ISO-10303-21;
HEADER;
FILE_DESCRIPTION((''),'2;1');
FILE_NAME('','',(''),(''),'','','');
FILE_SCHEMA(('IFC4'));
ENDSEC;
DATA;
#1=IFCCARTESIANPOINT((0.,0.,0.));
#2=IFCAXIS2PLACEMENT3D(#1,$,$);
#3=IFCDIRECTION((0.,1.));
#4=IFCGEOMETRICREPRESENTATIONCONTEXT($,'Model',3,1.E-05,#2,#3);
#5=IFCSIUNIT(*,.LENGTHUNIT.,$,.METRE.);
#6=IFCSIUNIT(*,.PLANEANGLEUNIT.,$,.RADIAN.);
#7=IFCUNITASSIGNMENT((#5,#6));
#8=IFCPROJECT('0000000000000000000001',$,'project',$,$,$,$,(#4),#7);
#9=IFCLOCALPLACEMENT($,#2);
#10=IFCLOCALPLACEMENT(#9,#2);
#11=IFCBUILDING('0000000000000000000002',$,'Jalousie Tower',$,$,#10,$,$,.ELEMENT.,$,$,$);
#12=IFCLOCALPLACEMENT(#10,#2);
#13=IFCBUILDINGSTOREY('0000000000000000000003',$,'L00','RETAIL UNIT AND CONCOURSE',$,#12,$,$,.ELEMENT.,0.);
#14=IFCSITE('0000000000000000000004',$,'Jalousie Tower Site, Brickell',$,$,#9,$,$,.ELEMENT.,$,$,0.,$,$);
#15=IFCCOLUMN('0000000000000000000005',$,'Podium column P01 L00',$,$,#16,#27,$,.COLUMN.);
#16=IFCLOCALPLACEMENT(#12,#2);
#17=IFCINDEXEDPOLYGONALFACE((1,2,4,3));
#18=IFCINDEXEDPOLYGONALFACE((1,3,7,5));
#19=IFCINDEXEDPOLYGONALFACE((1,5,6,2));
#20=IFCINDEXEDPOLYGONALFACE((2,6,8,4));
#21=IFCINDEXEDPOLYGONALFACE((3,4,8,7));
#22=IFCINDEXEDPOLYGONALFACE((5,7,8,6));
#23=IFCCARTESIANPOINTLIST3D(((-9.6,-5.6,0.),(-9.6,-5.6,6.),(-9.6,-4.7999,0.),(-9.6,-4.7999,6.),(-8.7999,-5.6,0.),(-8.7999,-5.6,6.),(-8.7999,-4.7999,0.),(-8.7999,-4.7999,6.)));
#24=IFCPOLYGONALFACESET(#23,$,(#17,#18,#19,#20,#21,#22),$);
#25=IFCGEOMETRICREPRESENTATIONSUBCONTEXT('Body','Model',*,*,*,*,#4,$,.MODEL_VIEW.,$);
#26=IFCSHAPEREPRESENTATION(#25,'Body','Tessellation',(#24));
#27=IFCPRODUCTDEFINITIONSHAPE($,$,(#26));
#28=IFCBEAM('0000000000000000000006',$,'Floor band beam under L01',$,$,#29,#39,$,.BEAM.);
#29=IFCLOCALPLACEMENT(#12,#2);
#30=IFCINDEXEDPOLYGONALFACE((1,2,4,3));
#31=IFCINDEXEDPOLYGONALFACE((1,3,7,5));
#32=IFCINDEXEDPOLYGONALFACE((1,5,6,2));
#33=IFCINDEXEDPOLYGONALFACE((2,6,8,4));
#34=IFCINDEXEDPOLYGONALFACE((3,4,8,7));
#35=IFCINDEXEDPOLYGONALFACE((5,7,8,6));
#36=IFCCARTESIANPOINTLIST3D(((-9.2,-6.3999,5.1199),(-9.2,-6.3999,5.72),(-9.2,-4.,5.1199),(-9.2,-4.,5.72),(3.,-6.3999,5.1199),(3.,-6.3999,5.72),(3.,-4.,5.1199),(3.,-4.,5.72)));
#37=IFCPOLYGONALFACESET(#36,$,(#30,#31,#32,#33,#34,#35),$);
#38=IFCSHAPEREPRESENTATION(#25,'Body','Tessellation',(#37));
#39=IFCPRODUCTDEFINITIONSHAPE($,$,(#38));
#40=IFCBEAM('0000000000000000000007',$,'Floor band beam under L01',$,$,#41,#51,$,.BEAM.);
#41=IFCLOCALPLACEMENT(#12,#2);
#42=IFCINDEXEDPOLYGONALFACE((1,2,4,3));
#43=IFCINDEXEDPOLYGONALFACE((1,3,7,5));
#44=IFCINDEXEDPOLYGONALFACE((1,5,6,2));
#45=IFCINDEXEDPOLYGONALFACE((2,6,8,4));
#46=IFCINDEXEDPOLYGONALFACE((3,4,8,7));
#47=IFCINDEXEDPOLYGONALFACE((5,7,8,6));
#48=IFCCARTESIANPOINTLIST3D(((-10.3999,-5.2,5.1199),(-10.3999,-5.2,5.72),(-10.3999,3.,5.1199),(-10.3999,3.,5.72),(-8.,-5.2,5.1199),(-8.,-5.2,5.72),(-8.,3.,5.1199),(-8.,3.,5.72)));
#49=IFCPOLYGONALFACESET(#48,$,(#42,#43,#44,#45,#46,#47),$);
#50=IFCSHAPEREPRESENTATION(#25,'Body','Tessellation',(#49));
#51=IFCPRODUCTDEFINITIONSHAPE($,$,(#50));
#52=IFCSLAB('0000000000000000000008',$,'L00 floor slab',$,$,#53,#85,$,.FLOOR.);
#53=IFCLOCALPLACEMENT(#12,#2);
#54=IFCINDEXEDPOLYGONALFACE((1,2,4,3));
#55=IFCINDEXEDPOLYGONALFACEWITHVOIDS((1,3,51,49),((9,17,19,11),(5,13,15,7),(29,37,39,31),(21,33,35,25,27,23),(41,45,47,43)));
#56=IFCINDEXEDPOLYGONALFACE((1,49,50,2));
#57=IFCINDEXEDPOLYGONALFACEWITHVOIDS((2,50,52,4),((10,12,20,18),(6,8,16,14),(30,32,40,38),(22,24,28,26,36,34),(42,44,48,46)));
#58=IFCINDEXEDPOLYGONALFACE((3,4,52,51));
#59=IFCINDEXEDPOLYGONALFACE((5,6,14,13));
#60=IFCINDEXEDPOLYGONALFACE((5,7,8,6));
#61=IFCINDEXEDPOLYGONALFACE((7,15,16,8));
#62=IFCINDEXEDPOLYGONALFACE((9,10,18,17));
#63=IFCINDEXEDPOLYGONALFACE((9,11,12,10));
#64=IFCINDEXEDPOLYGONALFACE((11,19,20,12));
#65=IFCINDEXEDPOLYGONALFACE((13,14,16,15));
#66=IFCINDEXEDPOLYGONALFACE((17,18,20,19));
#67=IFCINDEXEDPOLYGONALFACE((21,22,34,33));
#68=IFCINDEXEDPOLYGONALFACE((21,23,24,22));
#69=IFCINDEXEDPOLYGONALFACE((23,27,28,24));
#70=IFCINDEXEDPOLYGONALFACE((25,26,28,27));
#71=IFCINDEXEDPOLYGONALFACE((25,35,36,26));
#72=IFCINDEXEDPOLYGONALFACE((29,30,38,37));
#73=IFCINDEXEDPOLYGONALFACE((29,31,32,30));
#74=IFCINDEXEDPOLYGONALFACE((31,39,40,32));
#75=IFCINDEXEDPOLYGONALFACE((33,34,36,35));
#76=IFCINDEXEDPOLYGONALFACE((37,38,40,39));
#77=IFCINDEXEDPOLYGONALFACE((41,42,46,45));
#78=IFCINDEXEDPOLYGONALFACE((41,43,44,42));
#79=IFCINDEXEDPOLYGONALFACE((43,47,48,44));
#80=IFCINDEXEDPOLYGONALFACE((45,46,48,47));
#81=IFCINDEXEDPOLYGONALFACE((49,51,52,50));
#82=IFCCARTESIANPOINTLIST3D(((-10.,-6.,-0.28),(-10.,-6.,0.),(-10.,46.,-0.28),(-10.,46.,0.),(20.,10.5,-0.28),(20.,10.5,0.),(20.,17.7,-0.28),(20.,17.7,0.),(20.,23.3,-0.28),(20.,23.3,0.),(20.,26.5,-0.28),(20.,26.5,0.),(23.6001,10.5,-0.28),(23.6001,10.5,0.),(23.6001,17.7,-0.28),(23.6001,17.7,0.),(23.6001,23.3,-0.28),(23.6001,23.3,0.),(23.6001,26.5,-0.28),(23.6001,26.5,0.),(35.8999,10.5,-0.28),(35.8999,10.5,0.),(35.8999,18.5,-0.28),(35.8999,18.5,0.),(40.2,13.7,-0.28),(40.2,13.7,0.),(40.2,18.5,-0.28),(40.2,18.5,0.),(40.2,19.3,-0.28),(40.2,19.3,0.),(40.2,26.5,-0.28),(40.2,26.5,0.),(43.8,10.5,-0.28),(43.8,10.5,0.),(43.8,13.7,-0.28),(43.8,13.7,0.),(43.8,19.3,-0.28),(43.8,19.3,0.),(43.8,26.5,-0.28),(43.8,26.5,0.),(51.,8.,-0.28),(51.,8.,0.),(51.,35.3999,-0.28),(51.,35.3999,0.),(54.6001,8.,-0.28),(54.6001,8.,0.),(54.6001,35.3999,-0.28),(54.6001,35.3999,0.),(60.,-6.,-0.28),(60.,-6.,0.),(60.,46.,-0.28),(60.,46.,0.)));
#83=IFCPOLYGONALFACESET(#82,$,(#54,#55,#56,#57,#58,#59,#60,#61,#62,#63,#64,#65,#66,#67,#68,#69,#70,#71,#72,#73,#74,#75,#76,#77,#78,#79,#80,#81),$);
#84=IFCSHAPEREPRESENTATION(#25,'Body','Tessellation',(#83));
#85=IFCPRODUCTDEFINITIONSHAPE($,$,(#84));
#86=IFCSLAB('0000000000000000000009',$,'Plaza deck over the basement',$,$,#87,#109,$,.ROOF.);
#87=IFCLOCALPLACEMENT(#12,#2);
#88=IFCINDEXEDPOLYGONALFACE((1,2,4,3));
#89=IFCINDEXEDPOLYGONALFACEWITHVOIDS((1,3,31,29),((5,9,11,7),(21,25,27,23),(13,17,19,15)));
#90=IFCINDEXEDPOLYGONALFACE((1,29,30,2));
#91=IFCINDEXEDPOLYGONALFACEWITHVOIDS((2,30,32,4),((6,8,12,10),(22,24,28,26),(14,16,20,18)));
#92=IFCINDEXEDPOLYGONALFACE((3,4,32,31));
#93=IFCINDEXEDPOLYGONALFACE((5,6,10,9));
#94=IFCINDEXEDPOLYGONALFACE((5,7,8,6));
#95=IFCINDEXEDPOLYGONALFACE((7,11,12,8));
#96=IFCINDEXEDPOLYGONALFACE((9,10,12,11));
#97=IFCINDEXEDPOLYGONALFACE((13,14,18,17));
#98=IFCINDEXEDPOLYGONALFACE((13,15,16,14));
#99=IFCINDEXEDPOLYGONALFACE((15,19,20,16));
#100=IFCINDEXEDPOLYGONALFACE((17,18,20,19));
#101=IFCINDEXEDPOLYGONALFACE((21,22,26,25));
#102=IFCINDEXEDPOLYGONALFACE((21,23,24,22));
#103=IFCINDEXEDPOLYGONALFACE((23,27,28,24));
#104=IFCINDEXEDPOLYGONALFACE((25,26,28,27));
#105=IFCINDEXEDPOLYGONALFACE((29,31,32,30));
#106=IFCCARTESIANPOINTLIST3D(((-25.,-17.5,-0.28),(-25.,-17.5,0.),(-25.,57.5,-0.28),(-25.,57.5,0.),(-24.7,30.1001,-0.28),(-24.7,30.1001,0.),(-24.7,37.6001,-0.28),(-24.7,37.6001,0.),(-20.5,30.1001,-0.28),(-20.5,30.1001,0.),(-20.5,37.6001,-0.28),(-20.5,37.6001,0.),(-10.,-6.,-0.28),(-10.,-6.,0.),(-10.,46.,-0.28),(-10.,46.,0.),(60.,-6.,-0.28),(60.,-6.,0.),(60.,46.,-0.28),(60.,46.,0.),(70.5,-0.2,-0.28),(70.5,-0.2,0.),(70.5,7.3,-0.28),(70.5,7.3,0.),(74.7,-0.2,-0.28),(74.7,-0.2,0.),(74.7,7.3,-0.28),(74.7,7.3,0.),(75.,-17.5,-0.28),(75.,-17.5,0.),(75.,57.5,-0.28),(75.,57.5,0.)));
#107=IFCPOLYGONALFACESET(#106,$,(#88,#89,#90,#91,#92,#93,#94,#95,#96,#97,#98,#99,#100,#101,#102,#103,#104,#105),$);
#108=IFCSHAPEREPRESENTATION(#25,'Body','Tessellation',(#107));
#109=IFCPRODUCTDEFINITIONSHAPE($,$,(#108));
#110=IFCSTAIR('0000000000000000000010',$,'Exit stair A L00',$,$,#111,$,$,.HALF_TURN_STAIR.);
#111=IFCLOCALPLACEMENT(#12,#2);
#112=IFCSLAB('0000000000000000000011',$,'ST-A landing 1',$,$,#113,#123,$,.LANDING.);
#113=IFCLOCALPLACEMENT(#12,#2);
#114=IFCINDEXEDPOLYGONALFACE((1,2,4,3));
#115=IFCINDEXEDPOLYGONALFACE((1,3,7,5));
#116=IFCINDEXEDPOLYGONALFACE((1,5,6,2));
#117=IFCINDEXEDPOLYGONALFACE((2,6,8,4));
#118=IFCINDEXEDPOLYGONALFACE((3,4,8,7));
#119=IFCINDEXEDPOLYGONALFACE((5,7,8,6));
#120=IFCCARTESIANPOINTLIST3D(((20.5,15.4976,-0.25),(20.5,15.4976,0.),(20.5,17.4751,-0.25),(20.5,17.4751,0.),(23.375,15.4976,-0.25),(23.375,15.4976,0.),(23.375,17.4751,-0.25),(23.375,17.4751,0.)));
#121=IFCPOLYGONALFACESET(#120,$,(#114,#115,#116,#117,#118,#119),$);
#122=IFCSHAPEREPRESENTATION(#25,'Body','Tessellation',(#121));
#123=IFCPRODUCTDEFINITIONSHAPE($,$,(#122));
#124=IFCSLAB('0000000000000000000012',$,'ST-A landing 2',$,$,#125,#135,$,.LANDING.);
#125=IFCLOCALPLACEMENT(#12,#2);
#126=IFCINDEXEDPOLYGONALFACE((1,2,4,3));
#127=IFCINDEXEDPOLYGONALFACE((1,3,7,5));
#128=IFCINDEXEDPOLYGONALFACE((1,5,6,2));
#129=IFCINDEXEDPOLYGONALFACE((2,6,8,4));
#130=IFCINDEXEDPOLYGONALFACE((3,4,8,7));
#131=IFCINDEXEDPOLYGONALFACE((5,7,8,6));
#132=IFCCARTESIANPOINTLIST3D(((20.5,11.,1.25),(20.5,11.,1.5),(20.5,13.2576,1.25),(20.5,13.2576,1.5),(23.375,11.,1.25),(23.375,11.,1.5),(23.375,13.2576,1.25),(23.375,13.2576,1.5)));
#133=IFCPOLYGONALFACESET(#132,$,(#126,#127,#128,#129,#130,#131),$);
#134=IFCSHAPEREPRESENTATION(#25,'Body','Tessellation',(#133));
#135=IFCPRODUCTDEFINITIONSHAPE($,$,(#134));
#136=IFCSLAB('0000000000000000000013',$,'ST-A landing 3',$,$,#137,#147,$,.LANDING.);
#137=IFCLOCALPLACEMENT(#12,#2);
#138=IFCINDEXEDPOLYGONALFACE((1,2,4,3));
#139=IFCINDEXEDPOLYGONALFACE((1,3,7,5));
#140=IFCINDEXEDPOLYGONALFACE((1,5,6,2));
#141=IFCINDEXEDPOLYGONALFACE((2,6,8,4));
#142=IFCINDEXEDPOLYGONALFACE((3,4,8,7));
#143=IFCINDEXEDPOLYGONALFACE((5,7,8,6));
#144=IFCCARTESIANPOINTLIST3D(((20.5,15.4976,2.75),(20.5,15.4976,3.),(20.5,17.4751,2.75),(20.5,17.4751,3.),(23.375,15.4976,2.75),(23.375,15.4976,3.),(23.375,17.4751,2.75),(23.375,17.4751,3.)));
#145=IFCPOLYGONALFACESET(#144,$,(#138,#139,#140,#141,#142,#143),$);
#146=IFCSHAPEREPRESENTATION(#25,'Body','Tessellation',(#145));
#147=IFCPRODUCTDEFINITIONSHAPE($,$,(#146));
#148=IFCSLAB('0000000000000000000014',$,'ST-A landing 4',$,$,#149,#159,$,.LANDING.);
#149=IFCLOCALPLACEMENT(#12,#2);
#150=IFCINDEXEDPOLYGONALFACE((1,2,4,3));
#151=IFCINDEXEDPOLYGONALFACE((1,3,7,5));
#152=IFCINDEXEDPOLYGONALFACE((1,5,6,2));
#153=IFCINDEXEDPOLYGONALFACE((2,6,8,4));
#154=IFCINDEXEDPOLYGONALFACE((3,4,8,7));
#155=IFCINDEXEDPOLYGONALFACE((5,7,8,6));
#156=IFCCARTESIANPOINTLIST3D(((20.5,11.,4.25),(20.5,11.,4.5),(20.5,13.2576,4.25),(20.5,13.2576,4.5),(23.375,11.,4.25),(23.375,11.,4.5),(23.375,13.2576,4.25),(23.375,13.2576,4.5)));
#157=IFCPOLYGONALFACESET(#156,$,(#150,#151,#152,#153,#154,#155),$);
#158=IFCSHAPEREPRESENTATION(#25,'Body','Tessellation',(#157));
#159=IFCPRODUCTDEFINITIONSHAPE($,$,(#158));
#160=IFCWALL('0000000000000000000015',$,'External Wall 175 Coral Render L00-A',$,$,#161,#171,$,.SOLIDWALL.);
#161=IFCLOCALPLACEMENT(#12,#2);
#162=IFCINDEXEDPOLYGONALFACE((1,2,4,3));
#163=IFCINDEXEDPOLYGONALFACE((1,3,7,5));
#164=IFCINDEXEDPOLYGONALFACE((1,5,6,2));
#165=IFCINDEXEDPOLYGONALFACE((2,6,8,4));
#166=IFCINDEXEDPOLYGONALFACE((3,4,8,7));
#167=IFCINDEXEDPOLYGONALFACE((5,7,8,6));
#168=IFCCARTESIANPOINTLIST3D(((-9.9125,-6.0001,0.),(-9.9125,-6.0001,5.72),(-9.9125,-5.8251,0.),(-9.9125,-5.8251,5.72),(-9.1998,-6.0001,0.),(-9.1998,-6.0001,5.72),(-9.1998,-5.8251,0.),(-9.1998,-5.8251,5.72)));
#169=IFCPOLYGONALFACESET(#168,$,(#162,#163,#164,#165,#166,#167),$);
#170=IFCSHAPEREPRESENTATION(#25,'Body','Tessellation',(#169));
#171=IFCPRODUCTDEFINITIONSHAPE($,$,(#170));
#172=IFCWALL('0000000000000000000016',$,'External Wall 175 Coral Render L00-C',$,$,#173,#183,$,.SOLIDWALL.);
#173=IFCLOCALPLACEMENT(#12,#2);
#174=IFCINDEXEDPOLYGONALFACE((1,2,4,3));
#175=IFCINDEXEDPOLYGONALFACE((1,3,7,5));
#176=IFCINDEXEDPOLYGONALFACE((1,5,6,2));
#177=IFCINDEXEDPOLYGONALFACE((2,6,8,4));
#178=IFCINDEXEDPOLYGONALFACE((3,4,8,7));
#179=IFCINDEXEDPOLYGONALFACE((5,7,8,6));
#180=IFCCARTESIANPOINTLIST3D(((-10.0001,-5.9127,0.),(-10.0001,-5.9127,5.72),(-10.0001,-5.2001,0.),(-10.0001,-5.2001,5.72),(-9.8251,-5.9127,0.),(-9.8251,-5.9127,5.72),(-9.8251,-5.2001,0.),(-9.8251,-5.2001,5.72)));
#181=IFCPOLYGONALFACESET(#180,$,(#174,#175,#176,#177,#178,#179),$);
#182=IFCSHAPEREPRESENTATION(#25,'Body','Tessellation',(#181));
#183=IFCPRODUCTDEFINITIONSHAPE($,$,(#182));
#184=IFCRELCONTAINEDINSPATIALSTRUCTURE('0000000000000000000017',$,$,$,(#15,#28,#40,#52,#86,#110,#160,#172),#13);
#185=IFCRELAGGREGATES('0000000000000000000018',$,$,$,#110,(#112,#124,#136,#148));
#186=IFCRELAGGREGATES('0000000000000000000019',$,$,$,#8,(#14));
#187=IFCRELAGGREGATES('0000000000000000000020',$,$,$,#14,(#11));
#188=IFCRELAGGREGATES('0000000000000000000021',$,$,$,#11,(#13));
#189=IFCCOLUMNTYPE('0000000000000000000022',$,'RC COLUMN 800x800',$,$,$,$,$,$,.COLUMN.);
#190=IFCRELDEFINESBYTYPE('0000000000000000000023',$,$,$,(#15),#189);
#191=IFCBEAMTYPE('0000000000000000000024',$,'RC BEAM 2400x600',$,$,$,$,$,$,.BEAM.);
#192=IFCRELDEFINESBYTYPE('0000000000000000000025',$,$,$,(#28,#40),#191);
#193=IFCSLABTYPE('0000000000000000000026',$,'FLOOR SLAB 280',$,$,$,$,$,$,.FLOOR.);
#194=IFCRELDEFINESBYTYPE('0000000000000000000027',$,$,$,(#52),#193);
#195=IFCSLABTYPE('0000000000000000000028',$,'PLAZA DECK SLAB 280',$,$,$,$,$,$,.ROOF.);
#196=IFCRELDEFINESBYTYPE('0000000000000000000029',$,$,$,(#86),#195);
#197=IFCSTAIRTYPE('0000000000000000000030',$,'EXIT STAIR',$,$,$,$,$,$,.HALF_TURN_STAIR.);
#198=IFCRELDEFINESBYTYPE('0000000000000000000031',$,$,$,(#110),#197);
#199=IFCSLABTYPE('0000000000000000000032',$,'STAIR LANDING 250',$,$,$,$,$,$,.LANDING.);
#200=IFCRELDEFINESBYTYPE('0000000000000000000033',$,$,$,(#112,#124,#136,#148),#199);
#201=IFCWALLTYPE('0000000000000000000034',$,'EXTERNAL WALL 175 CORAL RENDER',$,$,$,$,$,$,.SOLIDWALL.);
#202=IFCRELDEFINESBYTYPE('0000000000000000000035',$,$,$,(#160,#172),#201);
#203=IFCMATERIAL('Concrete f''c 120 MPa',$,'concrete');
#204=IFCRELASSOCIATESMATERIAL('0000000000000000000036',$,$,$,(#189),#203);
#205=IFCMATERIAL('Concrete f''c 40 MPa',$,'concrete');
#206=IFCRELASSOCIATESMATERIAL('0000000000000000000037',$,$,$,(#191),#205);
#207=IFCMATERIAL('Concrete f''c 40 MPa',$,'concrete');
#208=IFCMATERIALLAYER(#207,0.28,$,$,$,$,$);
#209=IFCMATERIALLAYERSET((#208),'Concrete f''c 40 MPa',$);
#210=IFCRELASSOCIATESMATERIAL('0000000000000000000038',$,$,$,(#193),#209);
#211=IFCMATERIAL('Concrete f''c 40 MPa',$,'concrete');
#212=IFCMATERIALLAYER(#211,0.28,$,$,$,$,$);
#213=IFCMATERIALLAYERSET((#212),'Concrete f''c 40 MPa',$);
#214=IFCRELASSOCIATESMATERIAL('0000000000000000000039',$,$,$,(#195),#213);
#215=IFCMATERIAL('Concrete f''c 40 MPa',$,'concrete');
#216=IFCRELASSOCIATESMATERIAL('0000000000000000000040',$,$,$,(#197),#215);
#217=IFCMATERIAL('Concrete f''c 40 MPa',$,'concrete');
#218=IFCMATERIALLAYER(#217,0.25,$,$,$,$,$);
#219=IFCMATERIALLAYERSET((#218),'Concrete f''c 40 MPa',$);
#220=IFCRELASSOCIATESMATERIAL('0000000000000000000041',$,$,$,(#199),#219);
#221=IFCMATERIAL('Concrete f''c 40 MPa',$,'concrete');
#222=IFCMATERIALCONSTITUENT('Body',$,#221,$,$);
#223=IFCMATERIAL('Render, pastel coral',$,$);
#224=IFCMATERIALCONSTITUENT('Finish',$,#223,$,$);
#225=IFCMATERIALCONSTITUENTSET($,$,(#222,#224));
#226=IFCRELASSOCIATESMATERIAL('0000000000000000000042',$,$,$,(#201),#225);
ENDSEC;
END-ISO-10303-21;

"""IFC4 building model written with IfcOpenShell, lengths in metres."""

from ifc_helpers import new_model, si_unit, direction, frame, frame_2d, origin, origin_2d, place, context, subcontext, project, spatial, polyline, rectangle, outline, extrude, material, layer, layer_set, constituent, constituent_set, material_profile, profile_set, type_object, element, aggregate, save


model = new_model("IFC4")

# Units and contexts
model_context = context("Model", 3, precision=1e-05, world=origin(), true_north=direction((0.0, 1.0)))
body_context = subcontext(model_context, "Body", "Model", "MODEL_VIEW")
ifc_project = project(units=[si_unit("LENGTHUNIT", "METRE"), si_unit("PLANEANGLEUNIT", "RADIAN")], contexts=[model_context])

# Site, building, storey
site_placement = place(None, origin())
site = spatial("IfcSite", under=ifc_project, at=site_placement, Name="Jalousie Tower Site, Brickell", CompositionType="ELEMENT", RefElevation=0.0)
building_placement = place(site_placement, origin())
building = spatial("IfcBuilding", under=site, at=building_placement, Name="Jalousie Tower", CompositionType="ELEMENT")
storey_placement = place(building_placement, origin())
storey = spatial("IfcBuildingStorey", under=building, at=storey_placement, Name="L00", Description="RETAIL UNIT AND CONCOURSE", CompositionType="ELEMENT", Elevation=0.0)

# Column
ifc_material_1 = material(Name="Concrete f'c 120 MPa", Category="concrete")
ifc_material_profile_1 = material_profile(ifc_material_1, rectangle(XDim=0.8, YDim=0.8, at=origin_2d()), Name="RC 800x800")
ifc_profile_set_1 = profile_set([ifc_material_profile_1], Name="Concrete f'c 120 MPa")
column_type = type_object("IfcColumnType", Name="RC COLUMN 800x800", PredefinedType="COLUMN", material=ifc_profile_set_1)
column_placement = place(storey_placement, frame((-9.2, -5.2, 0.0), z_axis=(0.0, 0.0, 1.0), x_axis=(1.0, 0.0, 0.0)))
element("IfcColumn", 1, at=column_placement, inside=storey, type_object=column_type, Name="Podium column P01 L00", PredefinedType="COLUMN", context=body_context, shape_type="SweptSolid", body=[
    extrude(rectangle(XDim=0.8, YDim=0.8, at=origin_2d()), origin(), (0.0, 0.0, 1.0), 6.0),
])

# Beams
ifc_material_2 = material(Name="Concrete f'c 40 MPa", Category="concrete")
ifc_material_profile_2 = material_profile(ifc_material_2, rectangle(XDim=2.3999, YDim=0.6001, at=origin_2d()), Name="RC 2400x600")
ifc_profile_set_2 = profile_set([ifc_material_profile_2], Name="Concrete f'c 40 MPa")
beam_type = type_object("IfcBeamType", Name="RC BEAM 2400x600", PredefinedType="BEAM", material=ifc_profile_set_2)
beam_1_placement = place(storey_placement, frame((-9.2, -5.2, 5.4199), z_axis=(1.0, 0.0, 0.0), x_axis=(0.0, 1.0, 0.0)))
element("IfcBeam", 2, at=beam_1_placement, inside=storey, type_object=beam_type, Name="Floor band beam under L01", PredefinedType="BEAM", context=body_context, shape_type="SweptSolid", body=[
    extrude(rectangle(XDim=2.3999, YDim=0.6001, at=origin_2d()), origin(), (0.0, 0.0, 1.0), 12.2),
])
beam_2_placement = place(storey_placement, frame((-9.2, -5.2, 5.4199), z_axis=(0.0, 1.0, 0.0), x_axis=(-1.0, 0.0, 0.0)))
element("IfcBeam", 3, at=beam_2_placement, inside=storey, type_object=beam_type, Name="Floor band beam under L01", PredefinedType="BEAM", context=body_context, shape_type="SweptSolid", body=[
    extrude(rectangle(XDim=2.3999, YDim=0.6001, at=origin_2d()), origin(), (0.0, 0.0, 1.0), 8.2),
])

# Slabs
ifc_material_3 = material(Name="Concrete f'c 40 MPa", Category="concrete")
ifc_layer_1 = layer(ifc_material_3, 0.28)
ifc_layer_set_1 = layer_set([ifc_layer_1], Name="Concrete f'c 40 MPa")
slab_type_1 = type_object("IfcSlabType", Name="FLOOR SLAB 280", PredefinedType="FLOOR", material=ifc_layer_set_1)
slab_1_placement = place(storey_placement, frame((0.0, 0.0, -0.28)))
element("IfcSlab", 4, at=slab_1_placement, inside=storey, type_object=slab_type_1, Name="L00 floor slab", PredefinedType="FLOOR", context=body_context, shape_type="SweptSolid", body=[
    extrude(outline(polyline([(-10.0, -6.0), (60.0, -6.0), (60.0, 46.0), (-10.0, 46.0), (-10.0, -6.0)]), holes=[polyline([(43.8, 10.5), (35.8999, 10.5), (35.8999, 18.5), (40.2, 18.5), (40.2, 13.7), (43.8, 13.7), (43.8, 10.5)]), polyline([(20.0, 10.5), (23.6001, 10.5), (23.6001, 17.7), (20.0, 17.7), (20.0, 10.5)]), polyline([(51.0, 8.0), (54.6001, 8.0), (54.6001, 35.3999), (51.0, 35.3999), (51.0, 8.0)]), polyline([(40.2, 19.3), (43.8, 19.3), (43.8, 26.5), (40.2, 26.5), (40.2, 19.3)]), polyline([(20.0, 23.3), (23.6001, 23.3), (23.6001, 26.5), (20.0, 26.5), (20.0, 23.3)])]), origin(), (0.0, 0.0, 1.0), 0.28),
])
ifc_material_4 = material(Name="Concrete f'c 40 MPa", Category="concrete")
ifc_layer_2 = layer(ifc_material_4, 0.28)
ifc_layer_set_2 = layer_set([ifc_layer_2], Name="Concrete f'c 40 MPa")
slab_type_2 = type_object("IfcSlabType", Name="PLAZA DECK SLAB 280", PredefinedType="ROOF", material=ifc_layer_set_2)
slab_2_placement = place(storey_placement, frame((0.0, 0.0, -0.28)))
element("IfcSlab", 5, at=slab_2_placement, inside=storey, type_object=slab_type_2, Name="Plaza deck over the basement", PredefinedType="ROOF", context=body_context, shape_type="SweptSolid", body=[
    extrude(outline(polyline([(-25.0, -17.5), (75.0, -17.5), (75.0, 57.5), (-25.0, 57.5), (-25.0, -17.5)]), holes=[polyline([(-10.0, -6.0), (60.0, -6.0), (60.0, 46.0), (-10.0, 46.0), (-10.0, -6.0)]), polyline([(-24.7, 30.1001), (-20.5, 30.1001), (-20.5, 37.6001), (-24.7, 37.6001), (-24.7, 30.1001)]), polyline([(70.5, -0.2), (74.7, -0.2), (74.7, 7.3), (70.5, 7.3), (70.5, -0.2)])]), origin(), (0.0, 0.0, 1.0), 0.28),
])

# Stair, slabs
ifc_material_5 = material(Name="Concrete f'c 40 MPa", Category="concrete")
stair_type = type_object("IfcStairType", Name="EXIT STAIR", PredefinedType="HALF_TURN_STAIR", material=ifc_material_5)
stair_placement = place(storey_placement, origin())
stair = element("IfcStair", 6, at=stair_placement, inside=storey, type_object=stair_type, Name="Exit stair A L00", PredefinedType="HALF_TURN_STAIR")
ifc_material_6 = material(Name="Concrete f'c 40 MPa", Category="concrete")
ifc_layer_3 = layer(ifc_material_6, 0.25)
ifc_layer_set_3 = layer_set([ifc_layer_3], Name="Concrete f'c 40 MPa")
slab_type_3 = type_object("IfcSlabType", Name="STAIR LANDING 250", PredefinedType="LANDING", material=ifc_layer_set_3)
slab_3_placement = place(storey_placement, frame((0.0, 0.0, -0.25)))
slab_3 = element("IfcSlab", 7, at=slab_3_placement, type_object=slab_type_3, Name="ST-A landing 1", PredefinedType="LANDING", context=body_context, shape_type="SweptSolid", body=[
    extrude(outline(polyline([(20.5, 15.4976), (23.375, 15.4976), (23.375, 17.4751), (20.5, 17.4751), (20.5, 15.4976)])), origin(), (0.0, 0.0, 1.0), 0.25),
])
slab_4_placement = place(storey_placement, frame((0.0, 0.0, 1.25)))
slab_4 = element("IfcSlab", 8, at=slab_4_placement, type_object=slab_type_3, Name="ST-A landing 2", PredefinedType="LANDING", context=body_context, shape_type="SweptSolid", body=[
    extrude(outline(polyline([(20.5, 11.0), (23.375, 11.0), (23.375, 13.2576), (20.5, 13.2576), (20.5, 11.0)])), origin(), (0.0, 0.0, 1.0), 0.25),
])
slab_5_placement = place(storey_placement, frame((0.0, 0.0, 2.75)))
slab_5 = element("IfcSlab", 9, at=slab_5_placement, type_object=slab_type_3, Name="ST-A landing 3", PredefinedType="LANDING", context=body_context, shape_type="SweptSolid", body=[
    extrude(outline(polyline([(20.5, 15.4976), (23.375, 15.4976), (23.375, 17.4751), (20.5, 17.4751), (20.5, 15.4976)])), origin(), (0.0, 0.0, 1.0), 0.25),
])
slab_6_placement = place(storey_placement, frame((0.0, 0.0, 4.25)))
slab_6 = element("IfcSlab", 10, at=slab_6_placement, type_object=slab_type_3, Name="ST-A landing 4", PredefinedType="LANDING", context=body_context, shape_type="SweptSolid", body=[
    extrude(outline(polyline([(20.5, 11.0), (23.375, 11.0), (23.375, 13.2576), (20.5, 13.2576), (20.5, 11.0)])), origin(), (0.0, 0.0, 1.0), 0.25),
])
aggregate(stair, [slab_3, slab_4, slab_5, slab_6])

# Wall
ifc_material_7 = material(Name="Concrete f'c 40 MPa", Category="concrete")
ifc_constituent_1 = constituent(ifc_material_7, Name="Body")
ifc_material_8 = material(Name="Render, pastel coral")
ifc_constituent_2 = constituent(ifc_material_8, Name="Finish")
ifc_constituent_set = constituent_set(constituents=[ifc_constituent_1, ifc_constituent_2])
wall_type = type_object("IfcWallType", Name="EXTERNAL WALL 175 CORAL RENDER", PredefinedType="SOLIDWALL", material=ifc_constituent_set)
wall_1_placement = place(storey_placement, frame((-9.9126, -5.9126, 0.0), z_axis=(0.0, 0.0, 1.0), x_axis=(1.0, 0.0, 0.0)))
element("IfcWall", 11, at=wall_1_placement, inside=storey, type_object=wall_type, Name="External Wall 175 Coral Render L00-A", PredefinedType="SOLIDWALL", context=body_context, shape_type="SweptSolid", body=[
    extrude(rectangle(XDim=0.7126, YDim=0.175, at=frame_2d((0.3564, 0.0))), origin(), (0.0, 0.0, 1.0), 5.72),
])

# Wall
wall_2_placement = place(storey_placement, frame((-9.9126, -5.2, 0.0), z_axis=(0.0, 0.0, 1.0), x_axis=(0.0, -1.0, 0.0)))
element("IfcWall", 12, at=wall_2_placement, inside=storey, type_object=wall_type, Name="External Wall 175 Coral Render L00-C", PredefinedType="SOLIDWALL", context=body_context, shape_type="SweptSolid", body=[
    extrude(rectangle(XDim=0.7126, YDim=0.175, at=frame_2d((0.3564, 0.0))), origin(), (0.0, 0.0, 1.0), 5.72),
])

save(model, "model.ifc")
